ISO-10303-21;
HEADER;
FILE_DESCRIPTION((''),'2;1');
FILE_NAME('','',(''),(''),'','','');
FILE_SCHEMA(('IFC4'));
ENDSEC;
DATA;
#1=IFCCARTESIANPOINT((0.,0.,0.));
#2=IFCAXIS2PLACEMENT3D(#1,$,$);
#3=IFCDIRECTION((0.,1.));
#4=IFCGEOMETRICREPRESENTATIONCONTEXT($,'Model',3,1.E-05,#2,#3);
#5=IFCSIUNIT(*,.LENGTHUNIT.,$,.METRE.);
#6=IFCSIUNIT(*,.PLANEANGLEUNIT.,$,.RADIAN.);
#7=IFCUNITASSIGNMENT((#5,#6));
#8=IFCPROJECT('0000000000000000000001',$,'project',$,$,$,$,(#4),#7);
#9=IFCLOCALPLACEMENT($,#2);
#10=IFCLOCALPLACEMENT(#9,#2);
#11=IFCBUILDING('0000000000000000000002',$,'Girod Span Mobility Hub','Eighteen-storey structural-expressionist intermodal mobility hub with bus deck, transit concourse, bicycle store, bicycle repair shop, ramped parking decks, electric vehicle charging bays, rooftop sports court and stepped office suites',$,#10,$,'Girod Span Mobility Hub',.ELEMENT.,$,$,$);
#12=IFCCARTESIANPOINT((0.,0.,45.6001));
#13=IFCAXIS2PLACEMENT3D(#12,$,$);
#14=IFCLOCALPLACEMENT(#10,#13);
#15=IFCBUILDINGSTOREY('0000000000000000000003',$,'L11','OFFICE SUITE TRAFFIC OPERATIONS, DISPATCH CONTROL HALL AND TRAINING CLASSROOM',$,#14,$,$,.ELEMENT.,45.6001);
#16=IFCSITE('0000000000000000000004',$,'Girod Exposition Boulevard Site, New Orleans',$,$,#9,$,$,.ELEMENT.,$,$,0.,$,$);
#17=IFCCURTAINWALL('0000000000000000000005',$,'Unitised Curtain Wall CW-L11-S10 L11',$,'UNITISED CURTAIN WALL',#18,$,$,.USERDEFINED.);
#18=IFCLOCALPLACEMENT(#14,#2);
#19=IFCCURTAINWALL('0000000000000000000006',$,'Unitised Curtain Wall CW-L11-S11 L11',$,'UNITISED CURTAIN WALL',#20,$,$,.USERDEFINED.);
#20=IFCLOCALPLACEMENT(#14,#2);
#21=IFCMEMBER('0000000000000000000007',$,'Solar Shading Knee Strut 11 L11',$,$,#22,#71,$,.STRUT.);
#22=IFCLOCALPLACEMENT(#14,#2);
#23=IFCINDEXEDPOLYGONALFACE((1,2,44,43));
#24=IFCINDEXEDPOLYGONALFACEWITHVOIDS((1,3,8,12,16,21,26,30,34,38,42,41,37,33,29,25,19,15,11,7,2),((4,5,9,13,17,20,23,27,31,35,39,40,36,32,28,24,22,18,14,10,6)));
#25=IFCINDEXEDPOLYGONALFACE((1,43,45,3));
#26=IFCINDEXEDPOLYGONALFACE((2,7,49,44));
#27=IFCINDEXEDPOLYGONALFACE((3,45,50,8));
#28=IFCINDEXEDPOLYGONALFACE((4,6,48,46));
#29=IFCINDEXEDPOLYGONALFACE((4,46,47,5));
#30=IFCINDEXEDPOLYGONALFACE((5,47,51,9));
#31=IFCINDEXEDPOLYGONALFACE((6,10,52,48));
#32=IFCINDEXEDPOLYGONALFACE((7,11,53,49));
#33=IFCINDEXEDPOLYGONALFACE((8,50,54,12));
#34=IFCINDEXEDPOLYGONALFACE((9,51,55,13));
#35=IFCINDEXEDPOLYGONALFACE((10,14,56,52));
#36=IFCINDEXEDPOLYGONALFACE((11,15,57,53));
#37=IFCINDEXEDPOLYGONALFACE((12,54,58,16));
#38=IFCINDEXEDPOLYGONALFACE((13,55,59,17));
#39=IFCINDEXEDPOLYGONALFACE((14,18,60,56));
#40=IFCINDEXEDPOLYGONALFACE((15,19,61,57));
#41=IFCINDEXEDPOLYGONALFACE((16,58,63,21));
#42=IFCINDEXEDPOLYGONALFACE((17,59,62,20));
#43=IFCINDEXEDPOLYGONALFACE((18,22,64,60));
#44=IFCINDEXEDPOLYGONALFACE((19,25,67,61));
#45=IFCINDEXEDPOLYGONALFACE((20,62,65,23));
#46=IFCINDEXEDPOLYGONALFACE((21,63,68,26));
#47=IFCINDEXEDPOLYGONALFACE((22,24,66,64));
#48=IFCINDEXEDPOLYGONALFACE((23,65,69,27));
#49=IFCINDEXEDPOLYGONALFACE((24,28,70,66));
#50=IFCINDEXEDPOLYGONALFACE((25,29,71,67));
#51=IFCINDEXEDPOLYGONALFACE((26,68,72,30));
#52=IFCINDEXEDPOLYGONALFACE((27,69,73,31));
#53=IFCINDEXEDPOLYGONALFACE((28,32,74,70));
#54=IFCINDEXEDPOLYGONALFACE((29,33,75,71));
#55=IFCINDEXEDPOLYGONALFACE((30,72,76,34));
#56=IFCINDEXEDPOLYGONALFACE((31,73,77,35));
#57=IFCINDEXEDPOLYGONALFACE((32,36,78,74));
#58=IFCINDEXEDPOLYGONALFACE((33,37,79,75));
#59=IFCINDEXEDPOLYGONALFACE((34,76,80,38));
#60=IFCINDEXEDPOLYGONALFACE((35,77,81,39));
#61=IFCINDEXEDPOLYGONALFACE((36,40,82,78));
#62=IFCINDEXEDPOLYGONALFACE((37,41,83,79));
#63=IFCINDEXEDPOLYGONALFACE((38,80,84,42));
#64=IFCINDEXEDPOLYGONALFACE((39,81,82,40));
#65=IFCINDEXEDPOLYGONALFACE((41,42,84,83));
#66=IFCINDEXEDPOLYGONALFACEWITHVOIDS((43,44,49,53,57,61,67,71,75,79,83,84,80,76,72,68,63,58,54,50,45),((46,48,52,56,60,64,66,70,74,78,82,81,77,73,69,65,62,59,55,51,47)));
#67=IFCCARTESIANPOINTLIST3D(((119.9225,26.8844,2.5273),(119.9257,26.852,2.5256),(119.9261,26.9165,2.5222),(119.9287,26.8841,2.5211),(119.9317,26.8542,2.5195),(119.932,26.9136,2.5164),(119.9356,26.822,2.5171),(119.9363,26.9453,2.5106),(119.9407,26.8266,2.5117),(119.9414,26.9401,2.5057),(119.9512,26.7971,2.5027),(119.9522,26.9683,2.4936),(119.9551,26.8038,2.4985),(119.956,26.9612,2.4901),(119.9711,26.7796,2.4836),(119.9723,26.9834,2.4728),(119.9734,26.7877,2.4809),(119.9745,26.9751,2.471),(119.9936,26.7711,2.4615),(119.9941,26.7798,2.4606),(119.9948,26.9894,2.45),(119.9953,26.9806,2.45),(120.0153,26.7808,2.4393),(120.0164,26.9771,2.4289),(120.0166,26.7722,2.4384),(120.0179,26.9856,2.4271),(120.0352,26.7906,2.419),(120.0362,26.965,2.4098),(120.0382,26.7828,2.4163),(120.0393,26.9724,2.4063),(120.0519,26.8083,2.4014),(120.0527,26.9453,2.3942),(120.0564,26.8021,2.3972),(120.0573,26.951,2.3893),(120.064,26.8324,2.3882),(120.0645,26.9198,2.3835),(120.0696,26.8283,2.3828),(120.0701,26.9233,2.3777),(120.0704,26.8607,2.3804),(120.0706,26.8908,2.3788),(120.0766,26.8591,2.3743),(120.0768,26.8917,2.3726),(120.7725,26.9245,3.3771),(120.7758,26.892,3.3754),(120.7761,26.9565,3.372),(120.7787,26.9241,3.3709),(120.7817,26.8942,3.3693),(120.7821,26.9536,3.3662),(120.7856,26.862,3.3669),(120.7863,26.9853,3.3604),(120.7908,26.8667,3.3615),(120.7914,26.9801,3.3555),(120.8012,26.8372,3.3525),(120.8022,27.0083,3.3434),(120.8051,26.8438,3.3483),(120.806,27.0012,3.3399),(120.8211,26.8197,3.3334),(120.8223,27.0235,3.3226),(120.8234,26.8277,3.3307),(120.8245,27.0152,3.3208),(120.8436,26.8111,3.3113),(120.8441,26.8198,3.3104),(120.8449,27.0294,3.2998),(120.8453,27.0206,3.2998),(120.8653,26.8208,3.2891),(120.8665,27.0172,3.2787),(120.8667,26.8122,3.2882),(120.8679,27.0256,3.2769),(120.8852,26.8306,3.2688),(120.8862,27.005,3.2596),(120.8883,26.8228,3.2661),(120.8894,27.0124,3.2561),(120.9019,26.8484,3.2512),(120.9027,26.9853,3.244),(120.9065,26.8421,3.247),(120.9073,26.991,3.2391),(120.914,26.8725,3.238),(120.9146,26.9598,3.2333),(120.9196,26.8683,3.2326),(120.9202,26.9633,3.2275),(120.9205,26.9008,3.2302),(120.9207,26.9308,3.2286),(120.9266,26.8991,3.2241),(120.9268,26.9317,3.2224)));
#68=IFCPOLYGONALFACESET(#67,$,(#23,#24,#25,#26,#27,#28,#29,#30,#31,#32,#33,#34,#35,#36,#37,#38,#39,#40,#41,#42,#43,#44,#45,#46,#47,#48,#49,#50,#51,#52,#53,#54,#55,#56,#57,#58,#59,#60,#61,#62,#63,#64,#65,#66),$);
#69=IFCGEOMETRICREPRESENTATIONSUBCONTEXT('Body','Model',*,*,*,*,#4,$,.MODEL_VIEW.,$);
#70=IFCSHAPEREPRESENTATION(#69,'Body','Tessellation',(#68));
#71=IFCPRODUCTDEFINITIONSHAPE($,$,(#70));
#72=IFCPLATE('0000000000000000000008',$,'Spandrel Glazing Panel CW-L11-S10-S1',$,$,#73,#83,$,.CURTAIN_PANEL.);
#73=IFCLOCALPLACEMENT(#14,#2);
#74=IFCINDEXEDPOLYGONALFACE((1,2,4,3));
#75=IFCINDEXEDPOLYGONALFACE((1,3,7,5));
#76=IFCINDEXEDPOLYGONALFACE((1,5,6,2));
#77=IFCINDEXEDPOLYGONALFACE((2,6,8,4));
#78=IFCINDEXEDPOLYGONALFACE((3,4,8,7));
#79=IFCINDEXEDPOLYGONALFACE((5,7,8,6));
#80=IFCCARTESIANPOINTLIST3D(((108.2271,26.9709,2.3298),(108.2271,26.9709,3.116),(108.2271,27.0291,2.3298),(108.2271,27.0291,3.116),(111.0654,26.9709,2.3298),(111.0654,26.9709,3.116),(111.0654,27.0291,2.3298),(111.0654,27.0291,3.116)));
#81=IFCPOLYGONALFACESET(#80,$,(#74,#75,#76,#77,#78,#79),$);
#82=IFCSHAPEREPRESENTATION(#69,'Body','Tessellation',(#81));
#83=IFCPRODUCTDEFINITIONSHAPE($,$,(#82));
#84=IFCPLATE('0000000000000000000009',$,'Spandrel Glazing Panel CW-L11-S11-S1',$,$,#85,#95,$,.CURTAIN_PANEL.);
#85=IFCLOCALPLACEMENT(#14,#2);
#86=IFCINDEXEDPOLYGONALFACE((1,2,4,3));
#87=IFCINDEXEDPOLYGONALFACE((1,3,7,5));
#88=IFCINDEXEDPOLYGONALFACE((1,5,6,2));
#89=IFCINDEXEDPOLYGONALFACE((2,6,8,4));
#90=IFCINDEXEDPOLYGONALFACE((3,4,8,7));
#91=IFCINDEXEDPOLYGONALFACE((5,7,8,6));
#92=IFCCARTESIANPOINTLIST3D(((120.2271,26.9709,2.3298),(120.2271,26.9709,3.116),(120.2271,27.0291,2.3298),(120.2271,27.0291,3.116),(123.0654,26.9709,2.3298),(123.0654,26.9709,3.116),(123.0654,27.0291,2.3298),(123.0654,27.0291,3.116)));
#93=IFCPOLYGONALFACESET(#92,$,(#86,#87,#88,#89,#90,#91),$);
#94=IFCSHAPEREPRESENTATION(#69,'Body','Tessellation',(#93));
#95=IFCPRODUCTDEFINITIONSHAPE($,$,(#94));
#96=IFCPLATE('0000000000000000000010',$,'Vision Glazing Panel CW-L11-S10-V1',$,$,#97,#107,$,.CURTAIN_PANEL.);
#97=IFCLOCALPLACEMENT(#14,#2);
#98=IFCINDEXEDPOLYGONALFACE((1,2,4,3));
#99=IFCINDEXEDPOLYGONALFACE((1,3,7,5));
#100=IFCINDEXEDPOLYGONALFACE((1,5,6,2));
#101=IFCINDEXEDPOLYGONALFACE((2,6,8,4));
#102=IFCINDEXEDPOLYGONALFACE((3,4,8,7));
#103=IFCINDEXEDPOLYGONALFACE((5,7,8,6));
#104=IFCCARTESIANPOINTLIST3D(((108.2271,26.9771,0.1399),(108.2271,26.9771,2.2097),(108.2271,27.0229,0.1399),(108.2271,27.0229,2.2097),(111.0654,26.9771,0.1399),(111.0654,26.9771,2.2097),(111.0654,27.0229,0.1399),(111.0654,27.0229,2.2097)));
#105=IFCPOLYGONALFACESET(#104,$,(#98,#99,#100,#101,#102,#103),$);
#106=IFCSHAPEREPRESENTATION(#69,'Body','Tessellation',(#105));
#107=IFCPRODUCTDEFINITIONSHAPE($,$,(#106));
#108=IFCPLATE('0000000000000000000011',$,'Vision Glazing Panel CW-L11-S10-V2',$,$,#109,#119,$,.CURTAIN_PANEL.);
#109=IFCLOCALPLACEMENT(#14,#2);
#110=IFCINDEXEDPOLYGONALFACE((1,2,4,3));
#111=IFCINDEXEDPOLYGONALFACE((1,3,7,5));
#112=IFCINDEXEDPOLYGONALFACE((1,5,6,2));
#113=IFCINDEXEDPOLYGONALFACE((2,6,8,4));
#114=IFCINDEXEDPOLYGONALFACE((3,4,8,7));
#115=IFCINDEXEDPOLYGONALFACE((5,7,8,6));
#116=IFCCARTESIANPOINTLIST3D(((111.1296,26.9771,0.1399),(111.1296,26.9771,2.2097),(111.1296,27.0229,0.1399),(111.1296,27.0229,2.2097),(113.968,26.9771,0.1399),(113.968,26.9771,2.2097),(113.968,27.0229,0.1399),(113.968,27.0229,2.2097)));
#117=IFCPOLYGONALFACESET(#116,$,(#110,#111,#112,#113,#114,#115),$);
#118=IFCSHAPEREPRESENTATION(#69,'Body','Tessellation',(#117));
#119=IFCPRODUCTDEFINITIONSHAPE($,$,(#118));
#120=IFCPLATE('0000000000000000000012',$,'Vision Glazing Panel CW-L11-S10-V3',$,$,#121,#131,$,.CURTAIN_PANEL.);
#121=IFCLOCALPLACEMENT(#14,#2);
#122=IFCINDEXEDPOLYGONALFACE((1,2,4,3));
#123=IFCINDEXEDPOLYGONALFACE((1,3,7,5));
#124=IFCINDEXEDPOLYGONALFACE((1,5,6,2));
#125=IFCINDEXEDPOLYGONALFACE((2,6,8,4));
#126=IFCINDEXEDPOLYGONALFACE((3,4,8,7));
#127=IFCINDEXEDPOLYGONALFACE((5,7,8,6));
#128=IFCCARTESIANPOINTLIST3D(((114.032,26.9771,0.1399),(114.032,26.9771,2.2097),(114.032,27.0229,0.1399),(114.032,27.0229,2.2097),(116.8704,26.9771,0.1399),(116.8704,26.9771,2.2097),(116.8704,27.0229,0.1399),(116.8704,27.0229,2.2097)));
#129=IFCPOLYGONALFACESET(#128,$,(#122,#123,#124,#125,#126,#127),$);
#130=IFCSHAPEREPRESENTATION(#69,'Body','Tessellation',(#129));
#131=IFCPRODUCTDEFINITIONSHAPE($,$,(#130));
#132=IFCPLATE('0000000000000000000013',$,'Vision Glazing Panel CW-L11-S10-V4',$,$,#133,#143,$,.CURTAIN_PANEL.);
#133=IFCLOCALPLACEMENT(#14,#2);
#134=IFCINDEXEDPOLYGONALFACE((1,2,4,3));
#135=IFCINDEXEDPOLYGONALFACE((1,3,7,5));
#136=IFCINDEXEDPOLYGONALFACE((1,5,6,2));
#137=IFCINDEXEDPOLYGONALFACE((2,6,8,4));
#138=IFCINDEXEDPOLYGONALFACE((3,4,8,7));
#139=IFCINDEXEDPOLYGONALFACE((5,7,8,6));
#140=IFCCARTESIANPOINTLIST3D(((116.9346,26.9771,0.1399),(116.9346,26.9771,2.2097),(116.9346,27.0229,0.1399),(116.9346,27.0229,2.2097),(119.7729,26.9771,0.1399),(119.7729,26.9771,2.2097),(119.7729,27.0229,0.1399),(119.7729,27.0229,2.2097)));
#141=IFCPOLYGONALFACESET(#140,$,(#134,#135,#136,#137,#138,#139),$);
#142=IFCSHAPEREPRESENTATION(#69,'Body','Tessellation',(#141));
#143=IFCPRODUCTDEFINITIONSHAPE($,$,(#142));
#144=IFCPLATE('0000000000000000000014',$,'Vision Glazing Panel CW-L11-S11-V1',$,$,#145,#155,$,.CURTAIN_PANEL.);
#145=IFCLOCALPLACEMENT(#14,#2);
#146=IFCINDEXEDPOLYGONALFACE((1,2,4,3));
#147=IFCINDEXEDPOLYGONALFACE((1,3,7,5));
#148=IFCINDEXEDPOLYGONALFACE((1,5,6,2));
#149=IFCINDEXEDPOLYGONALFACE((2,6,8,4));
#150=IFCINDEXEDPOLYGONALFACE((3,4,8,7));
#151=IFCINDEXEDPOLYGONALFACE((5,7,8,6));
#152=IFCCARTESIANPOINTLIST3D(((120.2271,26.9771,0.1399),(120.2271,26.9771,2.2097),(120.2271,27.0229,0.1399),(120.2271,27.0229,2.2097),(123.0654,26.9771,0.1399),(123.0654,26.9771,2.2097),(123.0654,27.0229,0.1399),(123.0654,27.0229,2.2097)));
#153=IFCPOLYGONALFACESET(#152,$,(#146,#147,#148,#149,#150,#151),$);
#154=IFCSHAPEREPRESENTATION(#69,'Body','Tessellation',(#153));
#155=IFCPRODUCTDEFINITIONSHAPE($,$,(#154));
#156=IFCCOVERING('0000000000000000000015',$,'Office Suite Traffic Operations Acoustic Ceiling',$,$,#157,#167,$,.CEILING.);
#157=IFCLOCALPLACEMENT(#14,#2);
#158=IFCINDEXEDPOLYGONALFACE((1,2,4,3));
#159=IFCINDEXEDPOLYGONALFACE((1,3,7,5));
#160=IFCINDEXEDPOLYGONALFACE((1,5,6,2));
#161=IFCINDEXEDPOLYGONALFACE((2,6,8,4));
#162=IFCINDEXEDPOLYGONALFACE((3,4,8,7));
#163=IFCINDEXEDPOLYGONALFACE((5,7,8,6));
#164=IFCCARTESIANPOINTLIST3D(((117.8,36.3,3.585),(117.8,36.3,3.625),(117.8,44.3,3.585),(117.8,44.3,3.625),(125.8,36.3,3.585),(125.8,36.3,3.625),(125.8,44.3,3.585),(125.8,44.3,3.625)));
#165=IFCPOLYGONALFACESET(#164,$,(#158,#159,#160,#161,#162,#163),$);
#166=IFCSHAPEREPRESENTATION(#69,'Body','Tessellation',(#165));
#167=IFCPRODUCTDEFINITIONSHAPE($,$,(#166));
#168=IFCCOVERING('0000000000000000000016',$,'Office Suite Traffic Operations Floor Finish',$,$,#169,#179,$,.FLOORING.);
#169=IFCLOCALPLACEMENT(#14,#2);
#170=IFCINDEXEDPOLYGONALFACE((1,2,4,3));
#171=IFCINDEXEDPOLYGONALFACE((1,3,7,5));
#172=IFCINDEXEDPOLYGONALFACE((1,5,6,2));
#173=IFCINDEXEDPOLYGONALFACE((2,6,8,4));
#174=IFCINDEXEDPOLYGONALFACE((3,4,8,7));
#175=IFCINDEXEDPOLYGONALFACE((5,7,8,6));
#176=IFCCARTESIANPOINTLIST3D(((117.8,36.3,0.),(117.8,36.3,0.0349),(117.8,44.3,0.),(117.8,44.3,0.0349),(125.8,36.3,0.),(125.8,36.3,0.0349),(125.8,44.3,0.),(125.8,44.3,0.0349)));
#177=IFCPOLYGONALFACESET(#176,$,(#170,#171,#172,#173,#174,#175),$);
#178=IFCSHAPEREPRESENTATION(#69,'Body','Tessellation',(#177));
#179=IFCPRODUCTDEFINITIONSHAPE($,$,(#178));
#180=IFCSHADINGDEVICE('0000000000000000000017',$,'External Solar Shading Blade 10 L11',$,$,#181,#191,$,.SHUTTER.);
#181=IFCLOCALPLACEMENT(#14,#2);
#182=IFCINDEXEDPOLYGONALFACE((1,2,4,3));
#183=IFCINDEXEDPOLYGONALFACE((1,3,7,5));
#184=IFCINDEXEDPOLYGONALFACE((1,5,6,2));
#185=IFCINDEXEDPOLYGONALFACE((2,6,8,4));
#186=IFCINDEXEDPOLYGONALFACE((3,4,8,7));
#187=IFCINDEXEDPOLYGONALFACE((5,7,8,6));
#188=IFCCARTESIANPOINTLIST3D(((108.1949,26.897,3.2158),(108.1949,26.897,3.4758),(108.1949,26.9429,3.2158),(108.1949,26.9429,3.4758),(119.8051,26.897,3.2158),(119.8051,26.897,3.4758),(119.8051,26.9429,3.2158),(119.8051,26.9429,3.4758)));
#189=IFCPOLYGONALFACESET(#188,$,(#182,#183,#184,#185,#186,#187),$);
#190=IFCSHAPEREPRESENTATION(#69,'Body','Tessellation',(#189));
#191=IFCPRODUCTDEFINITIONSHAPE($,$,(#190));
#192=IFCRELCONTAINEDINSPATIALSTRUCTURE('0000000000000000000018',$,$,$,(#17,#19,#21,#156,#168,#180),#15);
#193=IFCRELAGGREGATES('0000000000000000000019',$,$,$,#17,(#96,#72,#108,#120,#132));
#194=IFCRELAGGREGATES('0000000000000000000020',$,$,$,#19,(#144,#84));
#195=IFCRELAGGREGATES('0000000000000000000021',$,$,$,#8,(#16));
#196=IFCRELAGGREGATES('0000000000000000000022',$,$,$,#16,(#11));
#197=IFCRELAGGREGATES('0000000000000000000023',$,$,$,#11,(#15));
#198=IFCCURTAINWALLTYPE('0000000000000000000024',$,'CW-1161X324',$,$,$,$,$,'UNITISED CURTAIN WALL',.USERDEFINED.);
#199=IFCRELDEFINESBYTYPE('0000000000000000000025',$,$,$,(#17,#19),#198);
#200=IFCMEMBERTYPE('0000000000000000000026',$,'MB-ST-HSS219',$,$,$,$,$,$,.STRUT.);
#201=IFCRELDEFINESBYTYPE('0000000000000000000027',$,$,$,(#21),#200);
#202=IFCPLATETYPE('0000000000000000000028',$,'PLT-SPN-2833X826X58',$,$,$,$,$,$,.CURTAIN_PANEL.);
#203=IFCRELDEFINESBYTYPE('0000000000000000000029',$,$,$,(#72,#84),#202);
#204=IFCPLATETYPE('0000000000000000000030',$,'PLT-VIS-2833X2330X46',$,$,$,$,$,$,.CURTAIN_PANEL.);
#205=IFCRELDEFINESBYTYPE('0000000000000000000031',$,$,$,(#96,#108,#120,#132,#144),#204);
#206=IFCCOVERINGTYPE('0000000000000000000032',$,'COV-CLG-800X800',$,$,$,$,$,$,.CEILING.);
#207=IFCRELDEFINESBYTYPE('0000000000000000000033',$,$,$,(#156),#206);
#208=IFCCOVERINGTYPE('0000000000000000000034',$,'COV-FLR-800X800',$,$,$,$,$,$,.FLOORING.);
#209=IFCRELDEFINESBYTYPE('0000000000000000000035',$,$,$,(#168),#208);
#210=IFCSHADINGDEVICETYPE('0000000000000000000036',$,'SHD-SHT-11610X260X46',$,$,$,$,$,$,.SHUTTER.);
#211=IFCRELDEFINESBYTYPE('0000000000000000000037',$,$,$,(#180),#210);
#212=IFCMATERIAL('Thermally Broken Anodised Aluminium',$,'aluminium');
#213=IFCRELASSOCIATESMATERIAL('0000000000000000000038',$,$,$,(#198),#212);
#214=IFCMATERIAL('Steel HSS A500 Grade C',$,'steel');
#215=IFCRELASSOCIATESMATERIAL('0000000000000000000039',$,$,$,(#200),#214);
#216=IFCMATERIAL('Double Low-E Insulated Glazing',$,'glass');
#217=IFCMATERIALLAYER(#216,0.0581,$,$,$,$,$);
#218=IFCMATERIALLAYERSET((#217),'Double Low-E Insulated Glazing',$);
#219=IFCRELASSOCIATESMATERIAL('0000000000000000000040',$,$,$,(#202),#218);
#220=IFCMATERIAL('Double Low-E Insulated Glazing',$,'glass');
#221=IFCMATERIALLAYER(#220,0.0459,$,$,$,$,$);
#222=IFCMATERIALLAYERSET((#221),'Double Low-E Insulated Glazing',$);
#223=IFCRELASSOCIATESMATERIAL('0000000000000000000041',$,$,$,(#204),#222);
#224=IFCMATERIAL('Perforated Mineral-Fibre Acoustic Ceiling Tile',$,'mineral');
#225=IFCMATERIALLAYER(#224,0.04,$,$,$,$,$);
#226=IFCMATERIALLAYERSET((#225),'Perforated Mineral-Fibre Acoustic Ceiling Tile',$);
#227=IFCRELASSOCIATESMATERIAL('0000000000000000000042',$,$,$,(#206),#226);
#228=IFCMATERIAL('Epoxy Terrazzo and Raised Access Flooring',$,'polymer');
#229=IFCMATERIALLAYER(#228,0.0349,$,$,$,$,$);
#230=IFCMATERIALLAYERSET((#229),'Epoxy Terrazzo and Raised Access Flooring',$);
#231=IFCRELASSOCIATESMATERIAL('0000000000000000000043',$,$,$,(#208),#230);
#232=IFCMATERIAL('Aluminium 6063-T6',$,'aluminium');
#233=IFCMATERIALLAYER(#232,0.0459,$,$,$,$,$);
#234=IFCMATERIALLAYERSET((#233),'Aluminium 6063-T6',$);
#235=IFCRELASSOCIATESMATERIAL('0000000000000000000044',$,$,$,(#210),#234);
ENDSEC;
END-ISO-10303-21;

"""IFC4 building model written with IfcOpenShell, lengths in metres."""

from ifc_helpers import new_model, si_unit, direction, frame, origin, origin_2d, place, context, subcontext, project, spatial, rectangle, hollow_circle, extrude, material, layer, layer_set, material_profile, profile_set, type_object, element, aggregate, save


model = new_model("IFC4")

# Units and contexts
model_context = context("Model", 3, precision=1e-05, world=origin(), true_north=direction((0.0, 1.0)))
body_context = subcontext(model_context, "Body", "Model", "MODEL_VIEW")
ifc_project = project(units=[si_unit("LENGTHUNIT", "METRE"), si_unit("PLANEANGLEUNIT", "RADIAN")], contexts=[model_context])

# Site, building, storey
site_placement = place(None, origin())
site = spatial("IfcSite", under=ifc_project, at=site_placement, Name="Girod Exposition Boulevard Site, New Orleans", CompositionType="ELEMENT", RefElevation=0.0)
building_placement = place(site_placement, origin())
building = spatial("IfcBuilding", under=site, at=building_placement, Name="Girod Span Mobility Hub", Description="Eighteen-storey structural-expressionist intermodal mobility hub with bus deck, transit concourse, bicycle store, bicycle repair shop, ramped parking decks, electric vehicle charging bays, rooftop sports court and stepped office suites", LongName="Girod Span Mobility Hub", CompositionType="ELEMENT")
storey_placement = place(building_placement, frame((0.0, 0.0, 45.6001)))
storey = spatial("IfcBuildingStorey", under=building, at=storey_placement, Name="L11", Description="OFFICE SUITE TRAFFIC OPERATIONS, DISPATCH CONTROL HALL AND TRAINING CLASSROOM", CompositionType="ELEMENT", Elevation=45.6001)

# Curtain walls
ifc_material_1 = material(Name="Thermally Broken Anodised Aluminium", Category="aluminium")
curtain_wall_type = type_object("IfcCurtainWallType", Name="CW-1161X324", ElementType="UNITISED CURTAIN WALL", PredefinedType="USERDEFINED", material=ifc_material_1)
curtain_wall_1_placement = place(storey_placement, origin())
curtain_wall_1 = element("IfcCurtainWall", 1, at=curtain_wall_1_placement, inside=storey, type_object=curtain_wall_type, Name="Unitised Curtain Wall CW-L11-S10 L11", ObjectType="UNITISED CURTAIN WALL", PredefinedType="USERDEFINED")
curtain_wall_2_placement = place(storey_placement, origin())
curtain_wall_2 = element("IfcCurtainWall", 2, at=curtain_wall_2_placement, inside=storey, type_object=curtain_wall_type, Name="Unitised Curtain Wall CW-L11-S11 L11", ObjectType="UNITISED CURTAIN WALL", PredefinedType="USERDEFINED")

# Member
ifc_material_2 = material(Name="Steel HSS A500 Grade C", Category="steel")
ifc_material_profile_1 = material_profile(ifc_material_2, hollow_circle(Radius=0.1096, WallThickness=0.0088, at=origin_2d()), Name="HSS219X9.5")
ifc_profile_set_1 = profile_set([ifc_material_profile_1], Name="Steel HSS A500 Grade C")
member_type_1 = type_object("IfcMemberType", Name="MB-ST-HSS219", PredefinedType="STRUT", material=ifc_profile_set_1)
member_1_placement = place(storey_placement, frame((120.0, 26.8799, 2.45), z_axis=(0.706816, 0.033291, 0.706613), x_axis=(-0.047047, 0.998893, 0.0)))
element("IfcMember", 3, at=member_1_placement, inside=storey, type_object=member_type_1, Name="Solar Shading Knee Strut 11 L11", PredefinedType="STRUT", context=body_context, shape_type="SweptSolid", body=[
    extrude(hollow_circle(Radius=0.1096, WallThickness=0.0088, at=origin_2d()), origin(), (0.0, 0.0, 1.0), 1.2026),
])

# Plates
ifc_material_3 = material(Name="Double Low-E Insulated Glazing", Category="glass")
ifc_layer_1 = layer(ifc_material_3, 0.0581)
ifc_layer_set_1 = layer_set([ifc_layer_1], Name="Double Low-E Insulated Glazing")
plate_type_1 = type_object("IfcPlateType", Name="PLT-SPN-2833X826X58", PredefinedType="CURTAIN_PANEL", material=ifc_layer_set_1)
plate_1_placement = place(storey_placement, frame((109.6462, 27.0, 2.3298), z_axis=(0.0, 0.0, 1.0), x_axis=(1.0, 0.0, 0.0)))
plate_1 = element("IfcPlate", 4, at=plate_1_placement, type_object=plate_type_1, Name="Spandrel Glazing Panel CW-L11-S10-S1", PredefinedType="CURTAIN_PANEL", context=body_context, shape_type="SweptSolid", body=[
    extrude(rectangle(XDim=2.8384, YDim=0.0581, at=origin_2d()), origin(), (0.0, 0.0, 1.0), 0.7861),
])
plate_2_placement = place(storey_placement, frame((121.6462, 27.0, 2.3298), z_axis=(0.0, 0.0, 1.0), x_axis=(1.0, 0.0, 0.0)))
plate_2 = element("IfcPlate", 5, at=plate_2_placement, type_object=plate_type_1, Name="Spandrel Glazing Panel CW-L11-S11-S1", PredefinedType="CURTAIN_PANEL", context=body_context, shape_type="SweptSolid", body=[
    extrude(rectangle(XDim=2.8384, YDim=0.0581, at=origin_2d()), origin(), (0.0, 0.0, 1.0), 0.7861),
])
ifc_material_4 = material(Name="Double Low-E Insulated Glazing", Category="glass")
ifc_layer_2 = layer(ifc_material_4, 0.0459)
ifc_layer_set_2 = layer_set([ifc_layer_2], Name="Double Low-E Insulated Glazing")
plate_type_2 = type_object("IfcPlateType", Name="PLT-VIS-2833X2330X46", PredefinedType="CURTAIN_PANEL", material=ifc_layer_set_2)
plate_3_placement = place(storey_placement, frame((109.6462, 27.0, 0.1399), z_axis=(0.0, 0.0, 1.0), x_axis=(1.0, 0.0, 0.0)))
plate_3 = element("IfcPlate", 6, at=plate_3_placement, type_object=plate_type_2, Name="Vision Glazing Panel CW-L11-S10-V1", PredefinedType="CURTAIN_PANEL", context=body_context, shape_type="SweptSolid", body=[
    extrude(rectangle(XDim=2.8384, YDim=0.0459, at=origin_2d()), origin(), (0.0, 0.0, 1.0), 2.0698),
])
plate_4_placement = place(storey_placement, frame((112.5488, 27.0, 0.1399), z_axis=(0.0, 0.0, 1.0), x_axis=(1.0, 0.0, 0.0)))
plate_4 = element("IfcPlate", 7, at=plate_4_placement, type_object=plate_type_2, Name="Vision Glazing Panel CW-L11-S10-V2", PredefinedType="CURTAIN_PANEL", context=body_context, shape_type="SweptSolid", body=[
    extrude(rectangle(XDim=2.8384, YDim=0.0459, at=origin_2d()), origin(), (0.0, 0.0, 1.0), 2.0698),
])
plate_5_placement = place(storey_placement, frame((115.4512, 27.0, 0.1399), z_axis=(0.0, 0.0, 1.0), x_axis=(1.0, 0.0, 0.0)))
plate_5 = element("IfcPlate", 8, at=plate_5_placement, type_object=plate_type_2, Name="Vision Glazing Panel CW-L11-S10-V3", PredefinedType="CURTAIN_PANEL", context=body_context, shape_type="SweptSolid", body=[
    extrude(rectangle(XDim=2.8384, YDim=0.0459, at=origin_2d()), origin(), (0.0, 0.0, 1.0), 2.0698),
])
plate_6_placement = place(storey_placement, frame((118.3538, 27.0, 0.1399), z_axis=(0.0, 0.0, 1.0), x_axis=(1.0, 0.0, 0.0)))
plate_6 = element("IfcPlate", 9, at=plate_6_placement, type_object=plate_type_2, Name="Vision Glazing Panel CW-L11-S10-V4", PredefinedType="CURTAIN_PANEL", context=body_context, shape_type="SweptSolid", body=[
    extrude(rectangle(XDim=2.8384, YDim=0.0459, at=origin_2d()), origin(), (0.0, 0.0, 1.0), 2.0698),
])
aggregate(curtain_wall_1, [plate_3, plate_1, plate_4, plate_5, plate_6])
plate_7_placement = place(storey_placement, frame((121.6462, 27.0, 0.1399), z_axis=(0.0, 0.0, 1.0), x_axis=(1.0, 0.0, 0.0)))
plate_7 = element("IfcPlate", 10, at=plate_7_placement, type_object=plate_type_2, Name="Vision Glazing Panel CW-L11-S11-V1", PredefinedType="CURTAIN_PANEL", context=body_context, shape_type="SweptSolid", body=[
    extrude(rectangle(XDim=2.8384, YDim=0.0459, at=origin_2d()), origin(), (0.0, 0.0, 1.0), 2.0698),
])
aggregate(curtain_wall_2, [plate_7, plate_2])

# Coverings
ifc_material_5 = material(Name="Perforated Mineral-Fibre Acoustic Ceiling Tile", Category="mineral")
ifc_layer_3 = layer(ifc_material_5, 0.04)
ifc_layer_set_3 = layer_set([ifc_layer_3], Name="Perforated Mineral-Fibre Acoustic Ceiling Tile")
covering_type_1 = type_object("IfcCoveringType", Name="COV-CLG-800X800", PredefinedType="CEILING", material=ifc_layer_set_3)
covering_1_placement = place(storey_placement, frame((121.8, 40.3, 3.585), z_axis=(0.0, 0.0, 1.0), x_axis=(1.0, 0.0, 0.0)))
element("IfcCovering", 11, at=covering_1_placement, inside=storey, type_object=covering_type_1, Name="Office Suite Traffic Operations Acoustic Ceiling", PredefinedType="CEILING", context=body_context, shape_type="SweptSolid", body=[
    extrude(rectangle(XDim=8.0, YDim=8.0, at=origin_2d()), origin(), (0.0, 0.0, 1.0), 0.04),
])
ifc_material_6 = material(Name="Epoxy Terrazzo and Raised Access Flooring", Category="polymer")
ifc_layer_4 = layer(ifc_material_6, 0.0349)
ifc_layer_set_4 = layer_set([ifc_layer_4], Name="Epoxy Terrazzo and Raised Access Flooring")
covering_type_2 = type_object("IfcCoveringType", Name="COV-FLR-800X800", PredefinedType="FLOORING", material=ifc_layer_set_4)
covering_2_placement = place(storey_placement, frame((121.8, 40.3, 0.0), z_axis=(0.0, 0.0, 1.0), x_axis=(1.0, 0.0, 0.0)))
element("IfcCovering", 12, at=covering_2_placement, inside=storey, type_object=covering_type_2, Name="Office Suite Traffic Operations Floor Finish", PredefinedType="FLOORING", context=body_context, shape_type="SweptSolid", body=[
    extrude(rectangle(XDim=8.0, YDim=8.0, at=origin_2d()), origin(), (0.0, 0.0, 1.0), 0.0349),
])

# Shading device
ifc_material_7 = material(Name="Aluminium 6063-T6", Category="aluminium")
ifc_layer_5 = layer(ifc_material_7, 0.0459)
ifc_layer_set_5 = layer_set([ifc_layer_5], Name="Aluminium 6063-T6")
shading_device_type = type_object("IfcShadingDeviceType", Name="SHD-SHT-11610X260X46", PredefinedType="SHUTTER", material=ifc_layer_set_5)
shading_device_placement = place(storey_placement, frame((114.0, 26.9199, 3.2158), z_axis=(0.0, 0.0, 1.0), x_axis=(1.0, 0.0, 0.0)))
element("IfcShadingDevice", 13, at=shading_device_placement, inside=storey, type_object=shading_device_type, Name="External Solar Shading Blade 10 L11", PredefinedType="SHUTTER", context=body_context, shape_type="SweptSolid", body=[
    extrude(rectangle(XDim=11.6101, YDim=0.0459, at=origin_2d()), origin(), (0.0, 0.0, 1.0), 0.26),
])

save(model, "model.ifc")
